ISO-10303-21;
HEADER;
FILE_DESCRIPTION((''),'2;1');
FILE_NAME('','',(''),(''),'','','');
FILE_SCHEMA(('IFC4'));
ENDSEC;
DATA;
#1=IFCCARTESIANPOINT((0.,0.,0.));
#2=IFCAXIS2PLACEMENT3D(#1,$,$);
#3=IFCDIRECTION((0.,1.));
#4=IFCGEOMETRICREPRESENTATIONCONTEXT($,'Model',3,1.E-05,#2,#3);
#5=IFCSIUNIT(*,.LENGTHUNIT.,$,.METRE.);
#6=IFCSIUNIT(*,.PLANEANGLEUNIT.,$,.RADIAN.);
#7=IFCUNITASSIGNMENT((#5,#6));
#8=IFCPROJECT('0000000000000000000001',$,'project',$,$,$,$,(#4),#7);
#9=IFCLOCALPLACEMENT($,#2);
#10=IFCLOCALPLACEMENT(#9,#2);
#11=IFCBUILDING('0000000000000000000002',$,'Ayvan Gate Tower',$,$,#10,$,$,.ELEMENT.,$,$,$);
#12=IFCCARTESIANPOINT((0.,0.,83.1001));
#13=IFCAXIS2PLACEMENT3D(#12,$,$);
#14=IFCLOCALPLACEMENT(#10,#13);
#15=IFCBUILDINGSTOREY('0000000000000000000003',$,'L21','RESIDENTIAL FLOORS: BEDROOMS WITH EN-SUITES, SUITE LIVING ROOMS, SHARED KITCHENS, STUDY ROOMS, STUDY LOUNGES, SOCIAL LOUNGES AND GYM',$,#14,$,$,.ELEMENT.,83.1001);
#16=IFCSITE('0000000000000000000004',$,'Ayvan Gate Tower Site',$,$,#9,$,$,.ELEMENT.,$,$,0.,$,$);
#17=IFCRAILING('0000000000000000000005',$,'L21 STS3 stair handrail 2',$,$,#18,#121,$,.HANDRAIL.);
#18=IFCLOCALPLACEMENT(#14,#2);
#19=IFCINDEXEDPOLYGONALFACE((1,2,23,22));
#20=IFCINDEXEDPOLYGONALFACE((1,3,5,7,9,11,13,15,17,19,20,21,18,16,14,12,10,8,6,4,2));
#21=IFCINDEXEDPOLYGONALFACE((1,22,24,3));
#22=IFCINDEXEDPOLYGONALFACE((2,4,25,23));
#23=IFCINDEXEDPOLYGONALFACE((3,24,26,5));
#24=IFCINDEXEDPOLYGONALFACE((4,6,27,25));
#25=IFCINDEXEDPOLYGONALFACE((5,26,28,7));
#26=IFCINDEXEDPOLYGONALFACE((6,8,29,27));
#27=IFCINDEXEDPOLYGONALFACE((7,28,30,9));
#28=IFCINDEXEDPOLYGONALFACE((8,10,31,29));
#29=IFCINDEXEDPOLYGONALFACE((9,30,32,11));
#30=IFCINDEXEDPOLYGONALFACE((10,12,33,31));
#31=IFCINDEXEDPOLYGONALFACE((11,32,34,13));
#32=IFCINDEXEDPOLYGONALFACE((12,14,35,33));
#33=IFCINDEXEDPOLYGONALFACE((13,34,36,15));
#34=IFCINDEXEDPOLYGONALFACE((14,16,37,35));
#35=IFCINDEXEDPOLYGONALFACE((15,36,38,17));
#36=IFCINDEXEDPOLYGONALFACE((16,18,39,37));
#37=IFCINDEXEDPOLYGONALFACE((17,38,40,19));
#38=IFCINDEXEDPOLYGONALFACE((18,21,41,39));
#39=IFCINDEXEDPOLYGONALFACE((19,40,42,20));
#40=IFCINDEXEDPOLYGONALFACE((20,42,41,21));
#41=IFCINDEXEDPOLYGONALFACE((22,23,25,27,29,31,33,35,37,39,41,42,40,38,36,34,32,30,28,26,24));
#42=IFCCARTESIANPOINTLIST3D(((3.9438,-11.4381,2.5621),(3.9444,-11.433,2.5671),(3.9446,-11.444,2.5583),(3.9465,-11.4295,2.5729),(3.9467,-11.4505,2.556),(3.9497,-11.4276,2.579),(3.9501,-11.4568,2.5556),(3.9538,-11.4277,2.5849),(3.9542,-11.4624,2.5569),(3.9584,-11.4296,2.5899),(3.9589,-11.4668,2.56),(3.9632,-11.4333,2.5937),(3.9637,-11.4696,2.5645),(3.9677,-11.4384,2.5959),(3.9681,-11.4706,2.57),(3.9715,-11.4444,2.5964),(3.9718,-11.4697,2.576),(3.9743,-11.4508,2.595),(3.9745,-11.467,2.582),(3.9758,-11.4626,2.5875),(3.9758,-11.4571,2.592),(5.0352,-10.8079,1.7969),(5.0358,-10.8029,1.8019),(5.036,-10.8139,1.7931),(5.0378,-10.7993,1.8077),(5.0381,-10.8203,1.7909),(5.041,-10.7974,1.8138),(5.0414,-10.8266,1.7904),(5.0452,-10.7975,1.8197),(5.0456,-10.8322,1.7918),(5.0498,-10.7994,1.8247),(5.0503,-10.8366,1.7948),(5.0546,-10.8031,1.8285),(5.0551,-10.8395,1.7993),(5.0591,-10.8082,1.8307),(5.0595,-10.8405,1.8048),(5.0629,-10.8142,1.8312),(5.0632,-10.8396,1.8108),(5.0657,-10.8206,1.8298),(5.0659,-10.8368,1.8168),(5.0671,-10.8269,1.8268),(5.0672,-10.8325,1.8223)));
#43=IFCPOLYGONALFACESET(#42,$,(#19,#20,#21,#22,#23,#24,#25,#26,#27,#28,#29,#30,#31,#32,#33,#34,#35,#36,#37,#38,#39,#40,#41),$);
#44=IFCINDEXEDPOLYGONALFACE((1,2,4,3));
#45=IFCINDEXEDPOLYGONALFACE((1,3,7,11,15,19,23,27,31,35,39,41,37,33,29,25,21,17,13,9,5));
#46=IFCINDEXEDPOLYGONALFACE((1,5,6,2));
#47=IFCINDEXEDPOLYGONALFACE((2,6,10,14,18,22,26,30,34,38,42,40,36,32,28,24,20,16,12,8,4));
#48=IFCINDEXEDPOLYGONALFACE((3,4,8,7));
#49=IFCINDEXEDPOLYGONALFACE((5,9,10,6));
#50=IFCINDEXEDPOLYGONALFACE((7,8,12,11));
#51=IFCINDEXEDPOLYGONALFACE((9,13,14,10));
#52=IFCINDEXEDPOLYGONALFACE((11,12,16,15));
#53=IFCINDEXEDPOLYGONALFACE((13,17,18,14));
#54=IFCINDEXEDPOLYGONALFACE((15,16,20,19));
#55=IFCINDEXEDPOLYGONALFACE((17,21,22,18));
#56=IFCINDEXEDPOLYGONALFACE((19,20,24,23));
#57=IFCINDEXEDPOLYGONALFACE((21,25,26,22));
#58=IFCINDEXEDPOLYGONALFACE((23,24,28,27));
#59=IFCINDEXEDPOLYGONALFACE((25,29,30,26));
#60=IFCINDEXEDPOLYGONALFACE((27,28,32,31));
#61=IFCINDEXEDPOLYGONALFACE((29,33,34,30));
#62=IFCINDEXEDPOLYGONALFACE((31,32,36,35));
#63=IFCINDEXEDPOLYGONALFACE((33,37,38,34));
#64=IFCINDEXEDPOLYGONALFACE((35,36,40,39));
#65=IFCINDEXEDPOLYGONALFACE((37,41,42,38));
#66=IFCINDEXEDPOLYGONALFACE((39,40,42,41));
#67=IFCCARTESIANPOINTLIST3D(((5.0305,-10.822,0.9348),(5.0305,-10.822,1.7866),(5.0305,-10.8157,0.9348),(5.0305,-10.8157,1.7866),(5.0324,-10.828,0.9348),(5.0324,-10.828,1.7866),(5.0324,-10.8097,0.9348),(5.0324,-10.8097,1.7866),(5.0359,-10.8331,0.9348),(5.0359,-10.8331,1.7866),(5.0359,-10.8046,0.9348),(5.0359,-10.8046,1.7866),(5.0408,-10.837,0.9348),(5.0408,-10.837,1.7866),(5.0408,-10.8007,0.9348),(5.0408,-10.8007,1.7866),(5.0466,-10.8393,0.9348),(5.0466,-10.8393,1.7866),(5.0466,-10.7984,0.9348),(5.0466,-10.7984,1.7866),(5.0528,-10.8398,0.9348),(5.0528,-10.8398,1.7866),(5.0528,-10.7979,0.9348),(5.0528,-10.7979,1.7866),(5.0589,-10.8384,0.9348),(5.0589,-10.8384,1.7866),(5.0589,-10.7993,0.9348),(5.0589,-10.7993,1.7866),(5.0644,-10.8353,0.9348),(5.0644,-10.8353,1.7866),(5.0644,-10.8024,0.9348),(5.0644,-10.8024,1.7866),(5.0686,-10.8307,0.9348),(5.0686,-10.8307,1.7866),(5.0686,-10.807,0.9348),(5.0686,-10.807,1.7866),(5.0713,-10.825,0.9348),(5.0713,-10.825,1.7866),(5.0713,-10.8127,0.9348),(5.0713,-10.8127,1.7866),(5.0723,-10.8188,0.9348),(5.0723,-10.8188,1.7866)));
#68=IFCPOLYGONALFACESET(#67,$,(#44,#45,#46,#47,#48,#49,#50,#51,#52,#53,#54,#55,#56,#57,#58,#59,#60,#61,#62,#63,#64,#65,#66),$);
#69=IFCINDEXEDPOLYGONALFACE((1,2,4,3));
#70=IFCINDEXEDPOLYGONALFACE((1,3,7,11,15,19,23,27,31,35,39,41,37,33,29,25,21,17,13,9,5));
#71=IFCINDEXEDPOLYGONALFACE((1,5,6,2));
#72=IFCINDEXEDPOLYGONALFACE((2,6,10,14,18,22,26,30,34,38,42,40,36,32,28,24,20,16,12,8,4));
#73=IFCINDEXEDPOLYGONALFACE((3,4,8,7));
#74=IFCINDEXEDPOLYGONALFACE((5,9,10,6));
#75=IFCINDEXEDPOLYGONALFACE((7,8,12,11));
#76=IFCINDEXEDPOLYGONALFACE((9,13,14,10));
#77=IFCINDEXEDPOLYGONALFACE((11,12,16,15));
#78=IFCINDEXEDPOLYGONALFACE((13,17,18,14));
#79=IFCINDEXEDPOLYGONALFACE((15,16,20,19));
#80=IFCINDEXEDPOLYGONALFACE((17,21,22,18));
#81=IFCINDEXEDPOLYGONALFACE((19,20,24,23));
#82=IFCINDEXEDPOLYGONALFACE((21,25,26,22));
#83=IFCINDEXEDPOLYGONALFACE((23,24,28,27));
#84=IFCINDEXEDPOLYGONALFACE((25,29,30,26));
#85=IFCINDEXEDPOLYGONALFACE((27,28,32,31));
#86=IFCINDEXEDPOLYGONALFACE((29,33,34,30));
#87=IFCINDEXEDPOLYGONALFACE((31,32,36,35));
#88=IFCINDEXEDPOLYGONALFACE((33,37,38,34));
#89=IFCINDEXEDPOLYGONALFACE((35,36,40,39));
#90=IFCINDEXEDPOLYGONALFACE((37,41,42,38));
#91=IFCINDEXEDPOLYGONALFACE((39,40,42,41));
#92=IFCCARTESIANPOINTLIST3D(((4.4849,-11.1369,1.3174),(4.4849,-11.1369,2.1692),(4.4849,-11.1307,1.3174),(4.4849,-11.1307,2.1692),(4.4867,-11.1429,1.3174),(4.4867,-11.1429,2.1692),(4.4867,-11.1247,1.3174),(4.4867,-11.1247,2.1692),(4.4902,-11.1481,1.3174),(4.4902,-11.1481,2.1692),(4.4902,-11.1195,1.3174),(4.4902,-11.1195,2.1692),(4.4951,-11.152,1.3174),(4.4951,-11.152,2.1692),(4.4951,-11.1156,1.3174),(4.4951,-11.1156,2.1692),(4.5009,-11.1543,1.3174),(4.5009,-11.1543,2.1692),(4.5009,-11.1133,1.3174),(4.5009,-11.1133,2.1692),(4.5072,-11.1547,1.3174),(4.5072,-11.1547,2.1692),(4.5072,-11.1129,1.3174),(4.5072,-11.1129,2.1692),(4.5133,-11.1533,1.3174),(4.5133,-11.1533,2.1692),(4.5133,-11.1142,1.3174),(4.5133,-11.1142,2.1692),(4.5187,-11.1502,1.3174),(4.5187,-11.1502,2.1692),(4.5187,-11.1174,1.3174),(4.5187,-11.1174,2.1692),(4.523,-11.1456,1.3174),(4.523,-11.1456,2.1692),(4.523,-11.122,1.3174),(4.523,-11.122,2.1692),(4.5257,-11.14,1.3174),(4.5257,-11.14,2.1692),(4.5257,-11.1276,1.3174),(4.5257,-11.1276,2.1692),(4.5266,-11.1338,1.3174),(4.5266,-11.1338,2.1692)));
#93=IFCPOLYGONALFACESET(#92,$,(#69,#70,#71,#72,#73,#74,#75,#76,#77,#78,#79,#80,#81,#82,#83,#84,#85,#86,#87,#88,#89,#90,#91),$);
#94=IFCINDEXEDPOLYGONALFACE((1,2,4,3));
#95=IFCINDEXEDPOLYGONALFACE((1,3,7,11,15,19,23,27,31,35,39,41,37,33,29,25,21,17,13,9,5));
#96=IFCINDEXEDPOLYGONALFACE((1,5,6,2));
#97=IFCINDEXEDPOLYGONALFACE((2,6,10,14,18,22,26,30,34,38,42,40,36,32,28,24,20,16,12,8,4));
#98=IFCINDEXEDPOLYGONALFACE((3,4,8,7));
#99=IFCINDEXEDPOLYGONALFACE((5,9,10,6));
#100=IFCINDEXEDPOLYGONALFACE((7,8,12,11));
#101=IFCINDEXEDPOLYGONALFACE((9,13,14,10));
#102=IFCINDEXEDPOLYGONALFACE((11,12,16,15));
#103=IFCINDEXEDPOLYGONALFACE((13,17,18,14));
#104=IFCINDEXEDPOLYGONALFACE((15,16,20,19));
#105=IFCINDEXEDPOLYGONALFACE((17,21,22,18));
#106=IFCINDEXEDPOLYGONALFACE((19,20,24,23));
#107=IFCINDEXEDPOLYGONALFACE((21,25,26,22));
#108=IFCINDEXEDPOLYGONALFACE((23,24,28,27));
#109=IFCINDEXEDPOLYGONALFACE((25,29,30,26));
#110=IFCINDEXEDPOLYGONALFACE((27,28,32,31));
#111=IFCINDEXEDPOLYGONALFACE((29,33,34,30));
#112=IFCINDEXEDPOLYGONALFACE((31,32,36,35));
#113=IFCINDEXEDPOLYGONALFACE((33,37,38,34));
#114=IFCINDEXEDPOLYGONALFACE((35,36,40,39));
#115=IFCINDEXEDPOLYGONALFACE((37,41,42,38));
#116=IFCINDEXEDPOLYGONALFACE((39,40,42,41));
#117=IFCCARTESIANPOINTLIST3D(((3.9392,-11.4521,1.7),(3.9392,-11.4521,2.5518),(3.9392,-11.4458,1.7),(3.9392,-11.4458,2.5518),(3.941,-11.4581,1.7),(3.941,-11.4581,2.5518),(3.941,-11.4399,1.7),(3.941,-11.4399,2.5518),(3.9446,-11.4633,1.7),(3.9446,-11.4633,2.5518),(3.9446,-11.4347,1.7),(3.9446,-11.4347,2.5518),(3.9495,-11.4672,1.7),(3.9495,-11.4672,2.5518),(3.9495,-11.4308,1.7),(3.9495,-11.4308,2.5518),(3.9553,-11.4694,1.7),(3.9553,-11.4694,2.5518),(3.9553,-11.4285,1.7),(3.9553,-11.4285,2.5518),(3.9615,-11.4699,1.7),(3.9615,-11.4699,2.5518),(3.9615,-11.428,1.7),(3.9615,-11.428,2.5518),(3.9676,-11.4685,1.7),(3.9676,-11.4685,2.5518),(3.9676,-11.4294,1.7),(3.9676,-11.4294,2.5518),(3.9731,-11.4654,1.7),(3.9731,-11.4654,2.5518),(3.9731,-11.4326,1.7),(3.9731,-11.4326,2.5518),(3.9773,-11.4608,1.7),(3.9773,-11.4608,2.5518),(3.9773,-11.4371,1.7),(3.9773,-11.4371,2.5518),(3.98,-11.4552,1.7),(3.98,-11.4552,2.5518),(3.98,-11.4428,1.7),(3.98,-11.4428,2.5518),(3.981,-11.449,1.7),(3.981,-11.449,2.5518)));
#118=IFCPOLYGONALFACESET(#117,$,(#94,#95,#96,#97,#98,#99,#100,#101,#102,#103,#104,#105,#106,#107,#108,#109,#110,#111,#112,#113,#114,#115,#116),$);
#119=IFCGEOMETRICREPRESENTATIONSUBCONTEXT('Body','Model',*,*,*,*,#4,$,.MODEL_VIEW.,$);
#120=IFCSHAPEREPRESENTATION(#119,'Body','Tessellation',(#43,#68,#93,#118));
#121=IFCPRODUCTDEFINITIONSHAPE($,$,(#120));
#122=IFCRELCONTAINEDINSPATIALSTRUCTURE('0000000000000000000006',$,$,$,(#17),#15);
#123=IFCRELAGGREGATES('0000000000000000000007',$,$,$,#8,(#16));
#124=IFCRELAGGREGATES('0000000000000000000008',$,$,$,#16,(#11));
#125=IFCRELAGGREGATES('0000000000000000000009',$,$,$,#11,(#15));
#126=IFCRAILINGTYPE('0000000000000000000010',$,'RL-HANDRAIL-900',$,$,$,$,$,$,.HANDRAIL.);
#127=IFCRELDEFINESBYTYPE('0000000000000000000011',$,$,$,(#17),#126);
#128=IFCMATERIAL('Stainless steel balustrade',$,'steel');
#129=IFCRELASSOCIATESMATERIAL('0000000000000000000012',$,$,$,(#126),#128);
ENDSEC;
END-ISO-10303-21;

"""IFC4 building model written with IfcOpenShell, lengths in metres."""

from ifc_helpers import new_model, si_unit, direction, frame, origin, origin_2d, place, context, subcontext, project, spatial, circle, extrude, material, type_object, element, save


model = new_model("IFC4")

# Units and contexts
model_context = context("Model", 3, precision=1e-05, world=origin(), true_north=direction((0.0, 1.0)))
body_context = subcontext(model_context, "Body", "Model", "MODEL_VIEW")
ifc_project = project(units=[si_unit("LENGTHUNIT", "METRE"), si_unit("PLANEANGLEUNIT", "RADIAN")], contexts=[model_context])

# Site, building, storey
site_placement = place(None, origin())
site = spatial("IfcSite", under=ifc_project, at=site_placement, Name="Ayvan Gate Tower Site", CompositionType="ELEMENT", RefElevation=0.0)
building_placement = place(site_placement, origin())
building = spatial("IfcBuilding", under=site, at=building_placement, Name="Ayvan Gate Tower", CompositionType="ELEMENT")
storey_placement = place(building_placement, frame((0.0, 0.0, 83.1001)))
storey = spatial("IfcBuildingStorey", under=building, at=storey_placement, Name="L21", Description="RESIDENTIAL FLOORS: BEDROOMS WITH EN-SUITES, SUITE LIVING ROOMS, SHARED KITCHENS, STUDY ROOMS, STUDY LOUNGES, SOCIAL LOUNGES AND GYM", CompositionType="ELEMENT", Elevation=83.1001)

# Railing
ifc_material_1 = material(Name="Stainless steel balustrade", Category="steel")
railing_type_1 = type_object("IfcRailingType", Name="RL-HANDRAIL-900", PredefinedType="HANDRAIL", material=ifc_material_1)
railing_1_placement = place(storey_placement, frame((5.0513, -10.8188, 0.9348)))
element("IfcRailing", 1, at=railing_1_placement, inside=storey, type_object=railing_type_1, Name="L21 STS3 stair handrail 2", PredefinedType="HANDRAIL", context=body_context, shape_type="SweptSolid", body=[
    extrude(circle(Radius=0.0239, at=origin_2d()), frame((0.0, 0.0, 0.876), z_axis=(-0.740241, -0.427419, 0.518996), x_axis=(0.500035, -0.866005, 0.0)), (0.0, 0.0, 1.0), 1.4744),
    extrude(circle(Radius=0.021, at=origin_2d()), origin(), (0.0, 0.0, 1.0), 0.8518),
    extrude(circle(Radius=0.021, at=origin_2d()), frame((-0.5457, -0.3149, 0.3826)), (0.0, 0.0, 1.0), 0.8518),
    extrude(circle(Radius=0.021, at=origin_2d()), frame((-1.0913, -0.6301, 0.7651)), (0.0, 0.0, 1.0), 0.8518),
])

save(model, "model.ifc")
